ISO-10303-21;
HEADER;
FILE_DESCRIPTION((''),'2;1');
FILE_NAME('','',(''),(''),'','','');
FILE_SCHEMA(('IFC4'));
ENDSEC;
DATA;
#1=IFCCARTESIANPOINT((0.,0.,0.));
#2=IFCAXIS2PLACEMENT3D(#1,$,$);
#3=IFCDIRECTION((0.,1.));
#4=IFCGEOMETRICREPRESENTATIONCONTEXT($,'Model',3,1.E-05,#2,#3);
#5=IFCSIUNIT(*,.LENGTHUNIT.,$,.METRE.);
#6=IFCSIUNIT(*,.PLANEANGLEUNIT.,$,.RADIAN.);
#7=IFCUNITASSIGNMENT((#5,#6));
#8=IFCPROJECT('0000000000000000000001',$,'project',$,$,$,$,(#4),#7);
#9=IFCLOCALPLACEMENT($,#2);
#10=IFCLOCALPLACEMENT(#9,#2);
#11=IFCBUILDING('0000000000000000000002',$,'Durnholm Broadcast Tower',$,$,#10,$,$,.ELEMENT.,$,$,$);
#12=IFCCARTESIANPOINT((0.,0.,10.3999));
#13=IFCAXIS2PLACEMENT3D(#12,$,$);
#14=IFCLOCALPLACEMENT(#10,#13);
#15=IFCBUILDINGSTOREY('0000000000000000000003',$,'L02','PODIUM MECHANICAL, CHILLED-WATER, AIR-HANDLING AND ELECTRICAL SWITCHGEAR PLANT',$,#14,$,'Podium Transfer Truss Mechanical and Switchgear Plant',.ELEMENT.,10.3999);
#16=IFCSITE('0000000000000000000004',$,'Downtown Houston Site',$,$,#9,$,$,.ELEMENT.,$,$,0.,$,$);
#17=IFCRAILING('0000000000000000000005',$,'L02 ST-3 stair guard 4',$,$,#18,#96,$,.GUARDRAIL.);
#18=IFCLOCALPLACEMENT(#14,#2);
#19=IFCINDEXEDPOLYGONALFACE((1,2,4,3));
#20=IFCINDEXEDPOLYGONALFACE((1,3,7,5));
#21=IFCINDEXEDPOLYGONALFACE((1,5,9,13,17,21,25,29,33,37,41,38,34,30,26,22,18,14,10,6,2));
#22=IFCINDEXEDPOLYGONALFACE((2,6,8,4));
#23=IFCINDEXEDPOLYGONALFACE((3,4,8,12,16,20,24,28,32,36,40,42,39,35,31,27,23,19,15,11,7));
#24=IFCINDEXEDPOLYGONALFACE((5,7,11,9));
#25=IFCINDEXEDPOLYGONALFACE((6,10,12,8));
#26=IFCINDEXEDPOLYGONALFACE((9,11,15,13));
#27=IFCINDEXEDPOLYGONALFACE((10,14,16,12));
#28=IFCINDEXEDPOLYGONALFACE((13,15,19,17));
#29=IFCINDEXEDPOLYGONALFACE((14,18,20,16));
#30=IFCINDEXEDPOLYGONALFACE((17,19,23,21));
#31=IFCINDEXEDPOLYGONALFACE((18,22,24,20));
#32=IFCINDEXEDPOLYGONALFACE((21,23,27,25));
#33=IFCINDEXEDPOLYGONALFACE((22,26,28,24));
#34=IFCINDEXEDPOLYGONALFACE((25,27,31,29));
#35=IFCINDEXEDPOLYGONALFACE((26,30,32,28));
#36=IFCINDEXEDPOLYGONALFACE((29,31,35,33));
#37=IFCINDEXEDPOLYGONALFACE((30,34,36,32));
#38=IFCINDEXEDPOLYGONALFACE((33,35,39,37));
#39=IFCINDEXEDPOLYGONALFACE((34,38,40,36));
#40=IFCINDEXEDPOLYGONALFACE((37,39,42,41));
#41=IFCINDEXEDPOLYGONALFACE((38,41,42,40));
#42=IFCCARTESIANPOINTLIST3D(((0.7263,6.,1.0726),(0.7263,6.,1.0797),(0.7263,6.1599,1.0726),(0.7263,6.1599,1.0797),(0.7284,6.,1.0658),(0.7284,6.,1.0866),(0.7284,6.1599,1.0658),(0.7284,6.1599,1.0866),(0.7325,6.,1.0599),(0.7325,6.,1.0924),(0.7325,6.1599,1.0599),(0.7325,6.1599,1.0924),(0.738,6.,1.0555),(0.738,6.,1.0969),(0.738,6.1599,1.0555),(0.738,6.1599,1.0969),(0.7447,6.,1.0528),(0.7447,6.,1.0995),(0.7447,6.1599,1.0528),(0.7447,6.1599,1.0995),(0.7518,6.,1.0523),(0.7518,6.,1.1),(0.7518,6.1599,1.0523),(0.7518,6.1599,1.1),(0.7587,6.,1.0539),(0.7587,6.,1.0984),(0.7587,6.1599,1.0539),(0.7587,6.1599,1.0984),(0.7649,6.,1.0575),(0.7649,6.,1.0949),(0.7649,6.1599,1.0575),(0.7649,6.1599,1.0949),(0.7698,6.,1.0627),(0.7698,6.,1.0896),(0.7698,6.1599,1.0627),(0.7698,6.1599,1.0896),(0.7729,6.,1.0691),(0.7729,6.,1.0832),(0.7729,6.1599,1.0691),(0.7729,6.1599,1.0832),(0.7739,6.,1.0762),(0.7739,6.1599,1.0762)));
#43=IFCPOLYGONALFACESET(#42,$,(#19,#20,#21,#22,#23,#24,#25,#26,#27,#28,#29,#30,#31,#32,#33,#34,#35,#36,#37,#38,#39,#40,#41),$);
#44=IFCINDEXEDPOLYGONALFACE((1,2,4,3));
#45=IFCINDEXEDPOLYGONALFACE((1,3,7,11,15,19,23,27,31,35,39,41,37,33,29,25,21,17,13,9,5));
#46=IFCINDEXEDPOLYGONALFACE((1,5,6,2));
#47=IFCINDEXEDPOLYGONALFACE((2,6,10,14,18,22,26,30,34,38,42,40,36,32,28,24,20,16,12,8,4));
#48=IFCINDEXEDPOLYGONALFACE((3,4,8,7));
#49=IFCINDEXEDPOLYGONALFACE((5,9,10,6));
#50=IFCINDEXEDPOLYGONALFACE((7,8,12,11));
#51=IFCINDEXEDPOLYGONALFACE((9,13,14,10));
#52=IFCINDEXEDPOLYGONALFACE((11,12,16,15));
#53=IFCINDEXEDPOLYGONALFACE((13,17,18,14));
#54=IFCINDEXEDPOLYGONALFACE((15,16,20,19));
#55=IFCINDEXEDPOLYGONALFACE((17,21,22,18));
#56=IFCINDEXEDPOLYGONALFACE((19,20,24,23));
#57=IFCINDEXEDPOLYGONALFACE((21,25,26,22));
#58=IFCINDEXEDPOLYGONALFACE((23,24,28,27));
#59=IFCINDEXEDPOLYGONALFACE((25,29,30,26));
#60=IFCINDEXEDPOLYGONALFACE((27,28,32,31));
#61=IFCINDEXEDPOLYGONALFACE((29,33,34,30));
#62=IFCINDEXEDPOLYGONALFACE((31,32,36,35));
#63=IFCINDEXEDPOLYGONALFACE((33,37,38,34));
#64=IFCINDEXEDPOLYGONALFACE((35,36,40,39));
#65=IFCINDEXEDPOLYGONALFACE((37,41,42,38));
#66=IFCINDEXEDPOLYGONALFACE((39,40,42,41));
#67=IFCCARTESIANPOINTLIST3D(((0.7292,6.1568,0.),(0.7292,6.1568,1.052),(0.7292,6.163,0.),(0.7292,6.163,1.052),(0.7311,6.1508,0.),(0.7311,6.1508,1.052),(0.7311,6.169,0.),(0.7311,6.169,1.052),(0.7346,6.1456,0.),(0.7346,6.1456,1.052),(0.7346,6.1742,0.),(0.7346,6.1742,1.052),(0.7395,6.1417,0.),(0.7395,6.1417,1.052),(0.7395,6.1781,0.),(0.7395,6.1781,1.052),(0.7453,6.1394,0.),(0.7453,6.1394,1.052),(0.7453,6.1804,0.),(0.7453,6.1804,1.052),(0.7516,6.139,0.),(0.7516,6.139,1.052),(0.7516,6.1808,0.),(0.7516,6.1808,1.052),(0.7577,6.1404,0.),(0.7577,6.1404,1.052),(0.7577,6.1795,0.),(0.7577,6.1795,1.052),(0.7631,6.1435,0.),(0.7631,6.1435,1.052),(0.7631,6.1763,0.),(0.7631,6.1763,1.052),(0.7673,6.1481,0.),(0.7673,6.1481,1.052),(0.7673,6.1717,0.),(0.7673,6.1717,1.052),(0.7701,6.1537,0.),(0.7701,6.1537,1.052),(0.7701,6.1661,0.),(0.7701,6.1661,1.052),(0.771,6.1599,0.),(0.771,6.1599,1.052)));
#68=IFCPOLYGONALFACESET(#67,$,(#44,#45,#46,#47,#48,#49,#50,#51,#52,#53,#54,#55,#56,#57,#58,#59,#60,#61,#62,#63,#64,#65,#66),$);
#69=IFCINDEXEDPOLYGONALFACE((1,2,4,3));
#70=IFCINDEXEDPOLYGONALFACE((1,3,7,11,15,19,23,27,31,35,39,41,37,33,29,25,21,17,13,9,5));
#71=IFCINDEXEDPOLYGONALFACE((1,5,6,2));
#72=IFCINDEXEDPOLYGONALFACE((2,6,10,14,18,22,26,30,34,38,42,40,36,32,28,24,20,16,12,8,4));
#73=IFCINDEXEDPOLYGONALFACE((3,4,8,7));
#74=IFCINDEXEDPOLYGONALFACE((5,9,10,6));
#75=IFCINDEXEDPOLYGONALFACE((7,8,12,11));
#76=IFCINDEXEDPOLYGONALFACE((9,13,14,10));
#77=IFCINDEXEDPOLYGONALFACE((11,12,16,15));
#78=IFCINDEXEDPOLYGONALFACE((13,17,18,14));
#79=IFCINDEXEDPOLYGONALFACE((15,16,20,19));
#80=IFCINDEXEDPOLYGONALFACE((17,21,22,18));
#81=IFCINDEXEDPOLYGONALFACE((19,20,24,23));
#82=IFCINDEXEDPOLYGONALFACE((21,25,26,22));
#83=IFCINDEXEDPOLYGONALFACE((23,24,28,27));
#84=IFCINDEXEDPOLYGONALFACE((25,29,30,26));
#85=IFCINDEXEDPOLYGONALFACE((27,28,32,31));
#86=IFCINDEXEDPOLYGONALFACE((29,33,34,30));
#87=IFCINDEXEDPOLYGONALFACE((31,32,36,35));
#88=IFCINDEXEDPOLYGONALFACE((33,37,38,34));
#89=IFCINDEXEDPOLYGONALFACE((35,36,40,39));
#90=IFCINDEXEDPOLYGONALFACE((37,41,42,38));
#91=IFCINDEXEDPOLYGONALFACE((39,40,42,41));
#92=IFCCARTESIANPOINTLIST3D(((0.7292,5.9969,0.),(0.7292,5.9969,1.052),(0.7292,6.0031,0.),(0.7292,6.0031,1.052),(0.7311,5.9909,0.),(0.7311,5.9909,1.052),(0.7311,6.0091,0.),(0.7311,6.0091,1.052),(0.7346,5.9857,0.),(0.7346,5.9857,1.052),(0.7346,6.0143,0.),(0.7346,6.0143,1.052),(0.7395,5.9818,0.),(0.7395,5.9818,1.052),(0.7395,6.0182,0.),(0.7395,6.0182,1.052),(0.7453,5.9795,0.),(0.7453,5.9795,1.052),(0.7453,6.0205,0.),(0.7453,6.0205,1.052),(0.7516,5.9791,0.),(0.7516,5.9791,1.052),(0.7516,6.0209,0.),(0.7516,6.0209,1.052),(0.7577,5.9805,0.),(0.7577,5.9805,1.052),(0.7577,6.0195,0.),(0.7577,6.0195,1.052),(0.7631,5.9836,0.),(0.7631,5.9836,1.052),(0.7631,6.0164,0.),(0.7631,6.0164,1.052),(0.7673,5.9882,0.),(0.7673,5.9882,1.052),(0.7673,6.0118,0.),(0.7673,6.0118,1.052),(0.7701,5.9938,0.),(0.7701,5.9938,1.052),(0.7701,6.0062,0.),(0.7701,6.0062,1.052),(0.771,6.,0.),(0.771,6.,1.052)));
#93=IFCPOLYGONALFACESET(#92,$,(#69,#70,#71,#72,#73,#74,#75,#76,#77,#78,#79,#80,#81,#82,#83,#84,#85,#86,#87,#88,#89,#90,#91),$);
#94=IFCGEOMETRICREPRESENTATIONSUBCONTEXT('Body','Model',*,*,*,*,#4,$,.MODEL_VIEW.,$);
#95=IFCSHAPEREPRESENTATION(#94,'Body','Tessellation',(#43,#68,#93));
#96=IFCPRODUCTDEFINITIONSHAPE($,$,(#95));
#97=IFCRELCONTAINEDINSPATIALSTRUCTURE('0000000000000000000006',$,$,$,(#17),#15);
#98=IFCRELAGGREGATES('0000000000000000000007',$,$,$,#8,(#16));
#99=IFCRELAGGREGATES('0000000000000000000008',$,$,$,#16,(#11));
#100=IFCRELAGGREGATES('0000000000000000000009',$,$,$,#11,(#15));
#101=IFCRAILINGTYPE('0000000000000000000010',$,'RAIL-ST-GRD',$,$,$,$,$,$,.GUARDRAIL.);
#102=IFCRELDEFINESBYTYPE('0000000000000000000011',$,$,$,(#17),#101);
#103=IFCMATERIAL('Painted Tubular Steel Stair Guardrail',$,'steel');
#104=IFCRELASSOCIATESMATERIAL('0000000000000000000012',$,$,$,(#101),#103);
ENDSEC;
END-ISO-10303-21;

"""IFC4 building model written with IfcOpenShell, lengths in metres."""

from ifc_helpers import new_model, si_unit, direction, frame, origin, origin_2d, place, context, subcontext, project, spatial, circle, extrude, material, type_object, element, save


model = new_model("IFC4")

# Units and contexts
model_context = context("Model", 3, precision=1e-05, world=origin(), true_north=direction((0.0, 1.0)))
body_context = subcontext(model_context, "Body", "Model", "MODEL_VIEW")
ifc_project = project(units=[si_unit("LENGTHUNIT", "METRE"), si_unit("PLANEANGLEUNIT", "RADIAN")], contexts=[model_context])

# Site, building, storey
site_placement = place(None, origin())
site = spatial("IfcSite", under=ifc_project, at=site_placement, Name="Downtown Houston Site", CompositionType="ELEMENT", RefElevation=0.0)
building_placement = place(site_placement, origin())
building = spatial("IfcBuilding", under=site, at=building_placement, Name="Durnholm Broadcast Tower", CompositionType="ELEMENT")
storey_placement = place(building_placement, frame((0.0, 0.0, 10.3999)))
storey = spatial("IfcBuildingStorey", under=building, at=storey_placement, Name="L02", Description="PODIUM MECHANICAL, CHILLED-WATER, AIR-HANDLING AND ELECTRICAL SWITCHGEAR PLANT", LongName="Podium Transfer Truss Mechanical and Switchgear Plant", CompositionType="ELEMENT", Elevation=10.3999)

# Railing
ifc_material_1 = material(Name="Painted Tubular Steel Stair Guardrail", Category="steel")
railing_type_1 = type_object("IfcRailingType", Name="RAIL-ST-GRD", PredefinedType="GUARDRAIL", material=ifc_material_1)
railing_1_placement = place(storey_placement, frame((0.75, 6.1599, 0.0)))
element("IfcRailing", 1, at=railing_1_placement, inside=storey, type_object=railing_type_1, Name="L02 ST-3 stair guard 4", PredefinedType="GUARDRAIL", context=body_context, shape_type="SweptSolid", body=[
    extrude(circle(Radius=0.0239, at=origin_2d()), frame((0.0, 0.0, 1.0762), z_axis=(0.0, -1.0, 0.0), x_axis=(1.0, 0.0, 0.0)), (0.0, 0.0, 1.0), 0.1599),
    extrude(circle(Radius=0.021, at=origin_2d()), origin(), (0.0, 0.0, 1.0), 1.052),
    extrude(circle(Radius=0.021, at=origin_2d()), frame((0.0, -0.1599, 0.0)), (0.0, 0.0, 1.0), 1.052),
])

save(model, "model.ifc")
